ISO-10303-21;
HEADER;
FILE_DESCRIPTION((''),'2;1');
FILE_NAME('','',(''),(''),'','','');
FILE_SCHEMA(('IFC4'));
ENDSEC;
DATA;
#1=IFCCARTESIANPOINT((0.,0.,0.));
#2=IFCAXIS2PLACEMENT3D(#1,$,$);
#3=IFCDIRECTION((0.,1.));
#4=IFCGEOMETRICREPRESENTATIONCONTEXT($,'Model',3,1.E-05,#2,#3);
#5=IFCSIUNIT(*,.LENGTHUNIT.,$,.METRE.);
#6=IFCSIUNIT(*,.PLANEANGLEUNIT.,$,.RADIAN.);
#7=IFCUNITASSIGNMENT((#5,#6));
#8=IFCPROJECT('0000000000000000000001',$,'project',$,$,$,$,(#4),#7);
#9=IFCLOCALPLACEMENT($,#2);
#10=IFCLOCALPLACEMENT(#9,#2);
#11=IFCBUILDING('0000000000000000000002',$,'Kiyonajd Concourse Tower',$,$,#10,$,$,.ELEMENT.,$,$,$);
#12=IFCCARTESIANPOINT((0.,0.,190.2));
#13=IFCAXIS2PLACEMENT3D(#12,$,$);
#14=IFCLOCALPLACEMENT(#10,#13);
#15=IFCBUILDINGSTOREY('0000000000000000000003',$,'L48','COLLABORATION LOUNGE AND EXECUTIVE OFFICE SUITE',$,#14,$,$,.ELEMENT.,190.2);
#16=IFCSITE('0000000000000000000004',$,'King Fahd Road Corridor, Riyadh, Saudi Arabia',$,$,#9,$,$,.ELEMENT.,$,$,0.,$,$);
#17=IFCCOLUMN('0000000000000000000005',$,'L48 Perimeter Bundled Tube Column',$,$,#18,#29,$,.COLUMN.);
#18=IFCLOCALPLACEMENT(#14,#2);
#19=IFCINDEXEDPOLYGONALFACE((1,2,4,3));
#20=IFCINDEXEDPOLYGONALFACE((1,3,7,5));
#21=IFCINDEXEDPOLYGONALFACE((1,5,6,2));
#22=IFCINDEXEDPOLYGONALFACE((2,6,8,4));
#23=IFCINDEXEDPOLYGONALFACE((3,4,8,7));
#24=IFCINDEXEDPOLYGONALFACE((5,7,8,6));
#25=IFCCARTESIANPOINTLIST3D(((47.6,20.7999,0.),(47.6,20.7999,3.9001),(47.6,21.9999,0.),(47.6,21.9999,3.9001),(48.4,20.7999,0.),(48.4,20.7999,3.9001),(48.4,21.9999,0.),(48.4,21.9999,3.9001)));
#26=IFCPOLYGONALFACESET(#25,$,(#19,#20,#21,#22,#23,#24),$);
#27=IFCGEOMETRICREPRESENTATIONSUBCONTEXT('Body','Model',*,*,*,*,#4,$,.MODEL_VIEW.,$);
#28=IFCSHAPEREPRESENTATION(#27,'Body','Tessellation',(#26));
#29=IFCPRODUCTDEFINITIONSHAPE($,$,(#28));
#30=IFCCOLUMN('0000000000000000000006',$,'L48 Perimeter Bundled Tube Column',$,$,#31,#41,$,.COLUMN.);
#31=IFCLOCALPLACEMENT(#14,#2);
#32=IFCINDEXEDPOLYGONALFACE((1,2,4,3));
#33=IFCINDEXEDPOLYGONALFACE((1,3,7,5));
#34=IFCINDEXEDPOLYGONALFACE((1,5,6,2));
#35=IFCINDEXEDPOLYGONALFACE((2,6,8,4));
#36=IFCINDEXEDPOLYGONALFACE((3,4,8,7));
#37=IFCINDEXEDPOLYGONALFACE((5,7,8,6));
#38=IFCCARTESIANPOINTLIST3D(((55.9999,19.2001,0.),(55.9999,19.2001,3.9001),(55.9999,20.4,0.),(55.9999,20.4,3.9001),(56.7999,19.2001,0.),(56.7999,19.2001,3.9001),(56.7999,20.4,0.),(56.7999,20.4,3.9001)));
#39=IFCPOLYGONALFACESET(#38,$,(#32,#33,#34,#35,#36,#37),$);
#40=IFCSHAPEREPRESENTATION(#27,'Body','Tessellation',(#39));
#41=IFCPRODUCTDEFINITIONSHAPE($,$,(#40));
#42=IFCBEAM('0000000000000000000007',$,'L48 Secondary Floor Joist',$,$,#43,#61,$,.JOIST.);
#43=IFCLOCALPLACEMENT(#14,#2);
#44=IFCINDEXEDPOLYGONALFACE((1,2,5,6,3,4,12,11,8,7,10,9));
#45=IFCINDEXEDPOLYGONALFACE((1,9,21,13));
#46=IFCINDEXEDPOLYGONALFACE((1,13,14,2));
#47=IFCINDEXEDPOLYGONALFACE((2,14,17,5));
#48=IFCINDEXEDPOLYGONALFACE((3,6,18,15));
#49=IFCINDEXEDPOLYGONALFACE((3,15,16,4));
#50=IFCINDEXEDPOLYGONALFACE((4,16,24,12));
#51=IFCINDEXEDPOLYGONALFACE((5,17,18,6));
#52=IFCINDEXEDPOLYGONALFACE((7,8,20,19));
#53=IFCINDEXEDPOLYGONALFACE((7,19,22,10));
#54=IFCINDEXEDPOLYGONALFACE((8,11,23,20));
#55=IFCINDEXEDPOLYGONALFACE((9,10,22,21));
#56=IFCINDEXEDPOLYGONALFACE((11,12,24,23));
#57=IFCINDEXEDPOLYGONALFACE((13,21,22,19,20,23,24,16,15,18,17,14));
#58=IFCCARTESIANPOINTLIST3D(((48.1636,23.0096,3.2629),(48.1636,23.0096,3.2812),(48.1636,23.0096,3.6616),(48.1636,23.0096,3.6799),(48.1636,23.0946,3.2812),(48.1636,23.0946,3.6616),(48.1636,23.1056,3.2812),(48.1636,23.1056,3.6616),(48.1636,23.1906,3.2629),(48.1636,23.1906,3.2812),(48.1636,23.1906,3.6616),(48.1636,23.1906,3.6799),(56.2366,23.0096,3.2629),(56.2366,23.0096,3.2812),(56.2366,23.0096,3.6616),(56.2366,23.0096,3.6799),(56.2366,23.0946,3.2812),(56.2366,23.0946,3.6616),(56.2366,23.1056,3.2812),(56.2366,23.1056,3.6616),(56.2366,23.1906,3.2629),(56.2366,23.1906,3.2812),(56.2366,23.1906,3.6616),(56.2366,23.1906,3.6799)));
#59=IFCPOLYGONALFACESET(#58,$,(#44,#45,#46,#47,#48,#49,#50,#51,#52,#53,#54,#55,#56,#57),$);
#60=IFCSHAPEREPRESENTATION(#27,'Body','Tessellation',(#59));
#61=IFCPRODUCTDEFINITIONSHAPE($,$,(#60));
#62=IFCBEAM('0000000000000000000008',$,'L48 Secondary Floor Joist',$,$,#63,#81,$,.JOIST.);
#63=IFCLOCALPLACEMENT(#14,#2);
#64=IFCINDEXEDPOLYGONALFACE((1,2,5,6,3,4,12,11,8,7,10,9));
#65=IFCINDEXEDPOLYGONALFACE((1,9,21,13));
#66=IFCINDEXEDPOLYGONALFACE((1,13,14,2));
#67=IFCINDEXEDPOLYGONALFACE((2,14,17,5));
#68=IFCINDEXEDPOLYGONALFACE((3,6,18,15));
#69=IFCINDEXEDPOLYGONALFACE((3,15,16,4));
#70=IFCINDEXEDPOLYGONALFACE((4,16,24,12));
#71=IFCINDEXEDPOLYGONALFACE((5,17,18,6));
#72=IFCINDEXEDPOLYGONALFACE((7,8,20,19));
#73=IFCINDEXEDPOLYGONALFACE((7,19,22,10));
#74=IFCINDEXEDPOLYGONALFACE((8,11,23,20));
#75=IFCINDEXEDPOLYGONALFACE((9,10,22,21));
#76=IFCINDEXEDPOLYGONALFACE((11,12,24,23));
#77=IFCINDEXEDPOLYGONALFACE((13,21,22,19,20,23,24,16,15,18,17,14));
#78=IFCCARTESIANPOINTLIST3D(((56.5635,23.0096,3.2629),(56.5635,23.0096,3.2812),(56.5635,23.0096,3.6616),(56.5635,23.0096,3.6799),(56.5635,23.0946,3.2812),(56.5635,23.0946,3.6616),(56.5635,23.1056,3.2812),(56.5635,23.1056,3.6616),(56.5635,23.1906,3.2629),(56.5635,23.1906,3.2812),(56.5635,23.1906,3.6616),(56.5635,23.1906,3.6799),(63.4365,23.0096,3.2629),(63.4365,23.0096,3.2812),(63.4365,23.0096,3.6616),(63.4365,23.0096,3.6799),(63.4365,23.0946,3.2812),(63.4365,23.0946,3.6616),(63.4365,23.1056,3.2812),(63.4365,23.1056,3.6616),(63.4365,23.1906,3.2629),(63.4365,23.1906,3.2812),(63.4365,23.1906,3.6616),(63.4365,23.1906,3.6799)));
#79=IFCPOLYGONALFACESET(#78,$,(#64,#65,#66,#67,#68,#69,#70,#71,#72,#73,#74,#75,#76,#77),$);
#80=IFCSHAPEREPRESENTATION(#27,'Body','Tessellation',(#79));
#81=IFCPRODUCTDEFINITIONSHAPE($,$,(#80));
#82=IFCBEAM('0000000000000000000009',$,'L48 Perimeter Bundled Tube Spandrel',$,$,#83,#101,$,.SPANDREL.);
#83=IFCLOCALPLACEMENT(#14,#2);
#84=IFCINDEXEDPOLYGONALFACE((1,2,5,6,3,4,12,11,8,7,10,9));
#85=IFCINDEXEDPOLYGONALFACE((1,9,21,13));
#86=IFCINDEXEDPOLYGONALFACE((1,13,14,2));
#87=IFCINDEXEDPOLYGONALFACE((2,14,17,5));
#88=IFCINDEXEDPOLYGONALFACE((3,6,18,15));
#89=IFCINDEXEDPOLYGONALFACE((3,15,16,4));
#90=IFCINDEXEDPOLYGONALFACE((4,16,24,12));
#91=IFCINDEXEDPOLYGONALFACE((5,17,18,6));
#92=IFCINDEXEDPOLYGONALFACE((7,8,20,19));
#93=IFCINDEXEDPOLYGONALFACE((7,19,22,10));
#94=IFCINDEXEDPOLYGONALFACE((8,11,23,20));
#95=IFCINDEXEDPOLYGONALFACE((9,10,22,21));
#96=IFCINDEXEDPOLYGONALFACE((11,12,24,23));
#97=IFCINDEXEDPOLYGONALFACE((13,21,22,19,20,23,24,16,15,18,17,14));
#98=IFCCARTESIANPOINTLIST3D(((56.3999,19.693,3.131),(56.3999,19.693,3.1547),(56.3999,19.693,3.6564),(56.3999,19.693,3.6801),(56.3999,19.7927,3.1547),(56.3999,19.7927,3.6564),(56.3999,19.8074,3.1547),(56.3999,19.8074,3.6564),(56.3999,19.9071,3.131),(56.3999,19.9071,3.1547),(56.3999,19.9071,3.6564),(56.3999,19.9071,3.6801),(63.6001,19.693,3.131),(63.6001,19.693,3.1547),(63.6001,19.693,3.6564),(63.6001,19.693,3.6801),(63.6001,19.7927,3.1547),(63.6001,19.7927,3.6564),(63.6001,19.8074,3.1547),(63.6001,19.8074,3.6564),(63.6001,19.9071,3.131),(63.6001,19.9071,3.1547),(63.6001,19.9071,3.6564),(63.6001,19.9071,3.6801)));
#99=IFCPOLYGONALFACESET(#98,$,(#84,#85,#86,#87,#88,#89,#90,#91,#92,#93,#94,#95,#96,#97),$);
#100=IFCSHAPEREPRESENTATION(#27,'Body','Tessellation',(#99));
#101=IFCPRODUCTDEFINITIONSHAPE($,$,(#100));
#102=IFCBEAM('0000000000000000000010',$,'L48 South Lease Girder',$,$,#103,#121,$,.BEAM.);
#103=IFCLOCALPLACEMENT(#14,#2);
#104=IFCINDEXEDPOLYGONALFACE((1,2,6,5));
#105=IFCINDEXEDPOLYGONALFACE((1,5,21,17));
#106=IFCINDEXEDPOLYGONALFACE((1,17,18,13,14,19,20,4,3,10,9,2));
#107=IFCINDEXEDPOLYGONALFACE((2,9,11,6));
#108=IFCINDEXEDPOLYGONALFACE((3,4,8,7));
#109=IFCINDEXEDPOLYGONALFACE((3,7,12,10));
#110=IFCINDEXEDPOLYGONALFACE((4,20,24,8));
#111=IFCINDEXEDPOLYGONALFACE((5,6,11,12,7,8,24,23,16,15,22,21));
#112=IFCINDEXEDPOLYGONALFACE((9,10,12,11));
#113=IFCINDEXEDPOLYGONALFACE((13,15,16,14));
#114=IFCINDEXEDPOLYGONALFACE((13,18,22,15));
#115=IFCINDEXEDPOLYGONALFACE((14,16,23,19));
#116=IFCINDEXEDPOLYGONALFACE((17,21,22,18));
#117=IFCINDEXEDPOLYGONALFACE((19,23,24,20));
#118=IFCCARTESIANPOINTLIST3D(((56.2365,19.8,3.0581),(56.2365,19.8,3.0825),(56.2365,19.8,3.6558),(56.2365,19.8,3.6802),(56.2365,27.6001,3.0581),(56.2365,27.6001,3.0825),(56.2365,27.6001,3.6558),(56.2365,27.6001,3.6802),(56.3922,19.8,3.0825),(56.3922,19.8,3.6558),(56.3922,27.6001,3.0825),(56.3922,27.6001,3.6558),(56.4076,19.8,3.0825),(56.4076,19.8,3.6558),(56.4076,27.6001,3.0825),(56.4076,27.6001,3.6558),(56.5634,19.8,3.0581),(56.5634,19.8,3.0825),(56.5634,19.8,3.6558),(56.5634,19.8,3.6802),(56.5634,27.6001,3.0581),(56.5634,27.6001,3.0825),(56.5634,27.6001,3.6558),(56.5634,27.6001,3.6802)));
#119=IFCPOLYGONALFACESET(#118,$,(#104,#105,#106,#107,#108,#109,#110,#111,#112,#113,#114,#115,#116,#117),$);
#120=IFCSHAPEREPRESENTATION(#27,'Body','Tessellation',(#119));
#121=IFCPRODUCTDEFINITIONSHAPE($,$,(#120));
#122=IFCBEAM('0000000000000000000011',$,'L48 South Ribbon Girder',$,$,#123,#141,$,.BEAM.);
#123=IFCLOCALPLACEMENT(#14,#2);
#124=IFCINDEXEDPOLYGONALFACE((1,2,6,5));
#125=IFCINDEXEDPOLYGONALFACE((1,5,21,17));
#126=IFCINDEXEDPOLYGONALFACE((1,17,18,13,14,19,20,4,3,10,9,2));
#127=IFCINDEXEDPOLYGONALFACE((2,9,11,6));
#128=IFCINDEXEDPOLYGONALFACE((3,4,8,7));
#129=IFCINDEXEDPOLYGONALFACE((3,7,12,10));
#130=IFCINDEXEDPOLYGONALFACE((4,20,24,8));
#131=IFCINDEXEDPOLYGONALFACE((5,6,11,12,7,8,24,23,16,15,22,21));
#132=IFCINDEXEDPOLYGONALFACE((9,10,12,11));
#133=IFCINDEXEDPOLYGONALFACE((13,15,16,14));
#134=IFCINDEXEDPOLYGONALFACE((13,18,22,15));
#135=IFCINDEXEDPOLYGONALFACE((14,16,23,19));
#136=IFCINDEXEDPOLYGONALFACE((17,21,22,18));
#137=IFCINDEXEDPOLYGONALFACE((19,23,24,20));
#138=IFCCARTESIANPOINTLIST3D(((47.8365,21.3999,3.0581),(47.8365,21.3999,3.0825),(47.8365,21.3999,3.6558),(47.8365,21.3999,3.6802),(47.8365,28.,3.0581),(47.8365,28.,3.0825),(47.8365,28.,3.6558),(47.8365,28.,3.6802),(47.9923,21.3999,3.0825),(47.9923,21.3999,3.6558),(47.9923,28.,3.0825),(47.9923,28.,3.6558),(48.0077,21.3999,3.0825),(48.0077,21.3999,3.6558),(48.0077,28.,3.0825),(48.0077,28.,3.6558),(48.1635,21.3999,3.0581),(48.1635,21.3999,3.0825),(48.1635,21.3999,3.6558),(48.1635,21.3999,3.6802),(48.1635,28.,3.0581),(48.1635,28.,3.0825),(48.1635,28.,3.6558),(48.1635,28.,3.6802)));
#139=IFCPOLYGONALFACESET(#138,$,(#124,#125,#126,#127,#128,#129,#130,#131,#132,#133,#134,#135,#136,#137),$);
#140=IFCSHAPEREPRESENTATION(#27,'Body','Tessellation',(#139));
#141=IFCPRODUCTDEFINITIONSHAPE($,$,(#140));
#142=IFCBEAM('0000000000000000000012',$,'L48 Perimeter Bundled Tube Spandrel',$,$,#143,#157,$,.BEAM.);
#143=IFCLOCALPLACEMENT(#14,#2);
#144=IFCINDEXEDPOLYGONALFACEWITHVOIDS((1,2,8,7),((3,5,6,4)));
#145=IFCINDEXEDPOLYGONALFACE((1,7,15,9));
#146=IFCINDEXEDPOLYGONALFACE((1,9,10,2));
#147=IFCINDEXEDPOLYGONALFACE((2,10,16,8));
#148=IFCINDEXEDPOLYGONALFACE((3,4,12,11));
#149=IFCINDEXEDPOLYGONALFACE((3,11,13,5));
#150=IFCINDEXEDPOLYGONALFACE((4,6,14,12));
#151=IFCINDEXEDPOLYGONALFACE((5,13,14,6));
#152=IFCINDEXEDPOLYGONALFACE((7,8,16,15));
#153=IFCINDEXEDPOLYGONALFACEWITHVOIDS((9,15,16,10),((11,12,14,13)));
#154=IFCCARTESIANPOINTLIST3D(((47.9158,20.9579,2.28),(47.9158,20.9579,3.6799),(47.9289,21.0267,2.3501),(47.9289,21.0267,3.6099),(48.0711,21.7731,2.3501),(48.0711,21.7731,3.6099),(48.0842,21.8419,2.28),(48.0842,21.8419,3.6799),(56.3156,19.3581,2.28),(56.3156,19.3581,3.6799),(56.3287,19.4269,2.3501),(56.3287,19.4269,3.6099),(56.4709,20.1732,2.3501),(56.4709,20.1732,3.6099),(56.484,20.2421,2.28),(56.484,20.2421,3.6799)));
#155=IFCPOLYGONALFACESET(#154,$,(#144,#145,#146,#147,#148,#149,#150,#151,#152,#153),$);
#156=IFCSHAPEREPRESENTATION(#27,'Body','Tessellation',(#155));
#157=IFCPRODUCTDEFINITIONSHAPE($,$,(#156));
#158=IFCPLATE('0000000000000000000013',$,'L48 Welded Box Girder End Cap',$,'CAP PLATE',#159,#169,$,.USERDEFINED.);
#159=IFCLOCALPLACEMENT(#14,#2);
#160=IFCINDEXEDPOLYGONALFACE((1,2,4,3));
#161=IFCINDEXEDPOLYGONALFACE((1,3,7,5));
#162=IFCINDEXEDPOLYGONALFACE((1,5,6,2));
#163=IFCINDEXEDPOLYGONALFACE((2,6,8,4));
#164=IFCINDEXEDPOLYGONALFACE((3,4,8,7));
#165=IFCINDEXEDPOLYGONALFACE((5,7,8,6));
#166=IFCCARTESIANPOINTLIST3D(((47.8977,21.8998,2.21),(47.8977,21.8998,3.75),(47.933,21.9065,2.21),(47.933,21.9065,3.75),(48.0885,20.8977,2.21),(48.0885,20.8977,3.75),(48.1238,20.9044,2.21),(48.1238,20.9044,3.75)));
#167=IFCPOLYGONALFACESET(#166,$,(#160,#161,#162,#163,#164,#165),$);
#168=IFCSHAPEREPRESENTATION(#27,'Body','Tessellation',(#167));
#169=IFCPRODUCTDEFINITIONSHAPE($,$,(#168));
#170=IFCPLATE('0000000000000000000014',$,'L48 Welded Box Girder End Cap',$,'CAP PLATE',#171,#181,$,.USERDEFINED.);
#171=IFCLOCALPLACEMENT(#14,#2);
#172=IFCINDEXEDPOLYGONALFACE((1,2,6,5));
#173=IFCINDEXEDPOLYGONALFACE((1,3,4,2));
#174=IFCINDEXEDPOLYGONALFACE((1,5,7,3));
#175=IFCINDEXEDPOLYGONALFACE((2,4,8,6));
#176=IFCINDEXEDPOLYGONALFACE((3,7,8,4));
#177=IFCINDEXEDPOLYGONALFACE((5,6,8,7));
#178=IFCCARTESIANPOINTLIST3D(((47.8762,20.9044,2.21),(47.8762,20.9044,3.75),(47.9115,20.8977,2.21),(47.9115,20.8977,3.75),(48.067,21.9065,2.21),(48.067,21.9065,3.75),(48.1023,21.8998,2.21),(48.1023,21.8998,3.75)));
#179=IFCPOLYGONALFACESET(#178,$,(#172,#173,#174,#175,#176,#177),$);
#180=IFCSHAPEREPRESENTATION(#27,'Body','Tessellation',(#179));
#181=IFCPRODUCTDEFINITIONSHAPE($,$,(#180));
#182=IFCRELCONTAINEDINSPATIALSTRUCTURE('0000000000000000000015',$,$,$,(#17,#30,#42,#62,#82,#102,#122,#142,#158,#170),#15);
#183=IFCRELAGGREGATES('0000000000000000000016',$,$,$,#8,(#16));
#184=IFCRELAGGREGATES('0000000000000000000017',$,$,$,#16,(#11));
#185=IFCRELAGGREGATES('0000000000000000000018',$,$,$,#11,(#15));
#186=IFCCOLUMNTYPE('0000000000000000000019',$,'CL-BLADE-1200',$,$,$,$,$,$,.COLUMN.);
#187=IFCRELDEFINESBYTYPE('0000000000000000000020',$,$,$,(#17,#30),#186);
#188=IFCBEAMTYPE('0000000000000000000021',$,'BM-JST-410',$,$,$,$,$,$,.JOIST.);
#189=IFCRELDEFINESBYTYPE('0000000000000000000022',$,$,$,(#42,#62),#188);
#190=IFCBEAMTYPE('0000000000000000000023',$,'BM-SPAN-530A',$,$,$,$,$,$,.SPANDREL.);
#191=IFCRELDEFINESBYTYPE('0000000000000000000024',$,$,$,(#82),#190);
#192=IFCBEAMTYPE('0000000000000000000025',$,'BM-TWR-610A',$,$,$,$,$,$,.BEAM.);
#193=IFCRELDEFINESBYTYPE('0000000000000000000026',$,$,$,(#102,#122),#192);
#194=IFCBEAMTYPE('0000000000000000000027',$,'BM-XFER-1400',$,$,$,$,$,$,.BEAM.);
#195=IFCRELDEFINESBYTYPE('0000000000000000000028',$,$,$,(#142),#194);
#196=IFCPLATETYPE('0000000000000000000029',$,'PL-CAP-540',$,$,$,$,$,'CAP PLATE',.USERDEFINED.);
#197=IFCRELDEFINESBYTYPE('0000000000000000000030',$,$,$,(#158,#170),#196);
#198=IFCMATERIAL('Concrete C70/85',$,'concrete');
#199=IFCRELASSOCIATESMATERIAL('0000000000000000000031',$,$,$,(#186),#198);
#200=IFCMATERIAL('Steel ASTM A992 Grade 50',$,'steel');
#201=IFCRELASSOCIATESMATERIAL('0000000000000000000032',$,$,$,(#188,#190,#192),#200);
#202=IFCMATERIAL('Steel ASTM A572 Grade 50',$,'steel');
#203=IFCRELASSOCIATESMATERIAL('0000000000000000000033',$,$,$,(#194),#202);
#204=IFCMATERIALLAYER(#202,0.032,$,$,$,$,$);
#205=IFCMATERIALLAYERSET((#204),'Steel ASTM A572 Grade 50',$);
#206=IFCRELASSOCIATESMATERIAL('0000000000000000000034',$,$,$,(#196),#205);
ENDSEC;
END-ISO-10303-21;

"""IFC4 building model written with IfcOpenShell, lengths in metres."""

from ifc_helpers import new_model, si_unit, direction, frame, origin, origin_2d, place, context, subcontext, project, spatial, rectangle, hollow_rectangle, i_section, extrude, material, layer, layer_set, material_profile, profile_set, type_object, element, save


model = new_model("IFC4")

# Units and contexts
model_context = context("Model", 3, precision=1e-05, world=origin(), true_north=direction((0.0, 1.0)))
body_context = subcontext(model_context, "Body", "Model", "MODEL_VIEW")
ifc_project = project(units=[si_unit("LENGTHUNIT", "METRE"), si_unit("PLANEANGLEUNIT", "RADIAN")], contexts=[model_context])

# Site, building, storey
site_placement = place(None, origin())
site = spatial("IfcSite", under=ifc_project, at=site_placement, Name="King Fahd Road Corridor, Riyadh, Saudi Arabia", CompositionType="ELEMENT", RefElevation=0.0)
building_placement = place(site_placement, origin())
building = spatial("IfcBuilding", under=site, at=building_placement, Name="Kiyonajd Concourse Tower", CompositionType="ELEMENT")
storey_placement = place(building_placement, frame((0.0, 0.0, 190.2)))
storey = spatial("IfcBuildingStorey", under=building, at=storey_placement, Name="L48", Description="COLLABORATION LOUNGE AND EXECUTIVE OFFICE SUITE", CompositionType="ELEMENT", Elevation=190.2)

# Columns
ifc_material_1 = material(Name="Concrete C70/85", Category="concrete")
ifc_material_profile_1 = material_profile(ifc_material_1, rectangle(XDim=0.8, YDim=1.2, at=origin_2d()), Name="RC-1200x800")
ifc_profile_set_1 = profile_set([ifc_material_profile_1], Name="Concrete C70/85")
column_type = type_object("IfcColumnType", Name="CL-BLADE-1200", PredefinedType="COLUMN", material=ifc_profile_set_1)
for number, where, z_axis, x_axis, name in (
    (1, (48.0, 21.3999, 0.0), (0.0, 0.0, 1.0), (1.0, 0.0, 0.0), "L48 Perimeter Bundled Tube Column"),
    (2, (56.3999, 19.8, 0.0), (0.0, 0.0, 1.0), (1.0, 0.0, 0.0), "L48 Perimeter Bundled Tube Column"),
):
    element("IfcColumn", number, at=place(storey_placement, frame(where, z_axis=z_axis, x_axis=x_axis)), inside=storey, type_object=column_type, Name=name, PredefinedType="COLUMN", context=body_context, shape_type="SweptSolid", body=[
        extrude(rectangle(XDim=0.8, YDim=1.2, at=origin_2d()), origin(), (0.0, 0.0, 1.0), 3.9001),
    ])

# Beams
ifc_material_2 = material(Name="Steel ASTM A992 Grade 50", Category="steel")
ifc_material_profile_2 = material_profile(ifc_material_2, i_section(OverallWidth=0.1809, OverallDepth=0.417, WebThickness=0.011, FlangeThickness=0.0183, at=origin_2d()), Name="W410X85")
ifc_profile_set_2 = profile_set([ifc_material_profile_2], Name="Steel ASTM A992 Grade 50")
beam_type_1 = type_object("IfcBeamType", Name="BM-JST-410", PredefinedType="JOIST", material=ifc_profile_set_2)
beam_1_placement = place(storey_placement, frame((48.1636, 23.1001, 3.4714), z_axis=(1.0, 0.0, 0.0), x_axis=(0.0, 1.0, 0.0)))
element("IfcBeam", 3, at=beam_1_placement, inside=storey, type_object=beam_type_1, Name="L48 Secondary Floor Joist", PredefinedType="JOIST", context=body_context, shape_type="SweptSolid", body=[
    extrude(i_section(OverallWidth=0.1809, OverallDepth=0.417, WebThickness=0.011, FlangeThickness=0.0183, at=origin_2d()), origin(), (0.0, 0.0, 1.0), 8.073),
])
beam_2_placement = place(storey_placement, frame((56.5635, 23.1001, 3.4714), z_axis=(1.0, 0.0, 0.0), x_axis=(0.0, 1.0, 0.0)))
element("IfcBeam", 4, at=beam_2_placement, inside=storey, type_object=beam_type_1, Name="L48 Secondary Floor Joist", PredefinedType="JOIST", context=body_context, shape_type="SweptSolid", body=[
    extrude(i_section(OverallWidth=0.1809, OverallDepth=0.417, WebThickness=0.011, FlangeThickness=0.0183, at=origin_2d()), origin(), (0.0, 0.0, 1.0), 6.873),
])
ifc_material_profile_3 = material_profile(ifc_material_2, i_section(OverallWidth=0.2141, OverallDepth=0.5491, WebThickness=0.0146, FlangeThickness=0.0237, at=origin_2d()), Name="W530X138")
ifc_profile_set_3 = profile_set([ifc_material_profile_3], Name="Steel ASTM A992 Grade 50")
beam_type_2 = type_object("IfcBeamType", Name="BM-SPAN-530A", PredefinedType="SPANDREL", material=ifc_profile_set_3)
beam_3_placement = place(storey_placement, frame((56.3999, 19.8, 3.4055), z_axis=(1.0, 0.0, 0.0), x_axis=(0.0, 1.0, 0.0)))
element("IfcBeam", 5, at=beam_3_placement, inside=storey, type_object=beam_type_2, Name="L48 Perimeter Bundled Tube Spandrel", PredefinedType="SPANDREL", context=body_context, shape_type="SweptSolid", body=[
    extrude(i_section(OverallWidth=0.2141, OverallDepth=0.5491, WebThickness=0.0146, FlangeThickness=0.0237, at=origin_2d()), origin(), (0.0, 0.0, 1.0), 7.2002),
])
ifc_material_profile_4 = material_profile(ifc_material_2, i_section(OverallWidth=0.3269, OverallDepth=0.6221, WebThickness=0.0154, FlangeThickness=0.0244, at=origin_2d()), Name="W610X195")
ifc_profile_set_4 = profile_set([ifc_material_profile_4], Name="Steel ASTM A992 Grade 50")
beam_type_3 = type_object("IfcBeamType", Name="BM-TWR-610A", PredefinedType="BEAM", material=ifc_profile_set_4)
beam_4_placement = place(storey_placement, frame((56.3999, 19.8, 3.3691), z_axis=(0.0, 1.0, 0.0), x_axis=(-1.0, 0.0, 0.0)))
element("IfcBeam", 6, at=beam_4_placement, inside=storey, type_object=beam_type_3, Name="L48 South Lease Girder", PredefinedType="BEAM", context=body_context, shape_type="SweptSolid", body=[
    extrude(i_section(OverallWidth=0.3269, OverallDepth=0.6221, WebThickness=0.0154, FlangeThickness=0.0244, at=origin_2d()), origin(), (0.0, 0.0, 1.0), 7.8),
])
beam_5_placement = place(storey_placement, frame((48.0, 21.3999, 3.3691), z_axis=(0.0, 1.0, 0.0), x_axis=(-1.0, 0.0, 0.0)))
element("IfcBeam", 7, at=beam_5_placement, inside=storey, type_object=beam_type_3, Name="L48 South Ribbon Girder", PredefinedType="BEAM", context=body_context, shape_type="SweptSolid", body=[
    extrude(i_section(OverallWidth=0.3269, OverallDepth=0.6221, WebThickness=0.0154, FlangeThickness=0.0244, at=origin_2d()), origin(), (0.0, 0.0, 1.0), 6.6001),
])
ifc_material_3 = material(Name="Steel ASTM A572 Grade 50", Category="steel")
ifc_material_profile_5 = material_profile(ifc_material_3, hollow_rectangle(XDim=0.8999, YDim=1.3999, WallThickness=0.0701, at=origin_2d()), Name="BOX-1400x900x70")
ifc_profile_set_5 = profile_set([ifc_material_profile_5], Name="Steel ASTM A572 Grade 50")
beam_type_4 = type_object("IfcBeamType", Name="BM-XFER-1400", PredefinedType="BEAM", material=ifc_profile_set_5)
beam_6_placement = place(storey_placement, frame((48.0, 21.3999, 2.98), z_axis=(0.982341, -0.187098, 0.0), x_axis=(0.187098, 0.982341, 0.0)))
element("IfcBeam", 8, at=beam_6_placement, inside=storey, type_object=beam_type_4, Name="L48 Perimeter Bundled Tube Spandrel", PredefinedType="BEAM", context=body_context, shape_type="SweptSolid", body=[
    extrude(hollow_rectangle(XDim=0.8999, YDim=1.3999, WallThickness=0.0701, at=origin_2d()), origin(), (0.0, 0.0, 1.0), 8.5508),
])

# Plates
ifc_layer_1 = layer(ifc_material_3, 0.032)
ifc_layer_set_1 = layer_set([ifc_layer_1], Name="Steel ASTM A572 Grade 50")
plate_type_1 = type_object("IfcPlateType", Name="PL-CAP-540", ElementType="CAP PLATE", PredefinedType="USERDEFINED", material=ifc_layer_set_1)
for number, where, z_axis, x_axis, name in (
    (9, (48.0107, 21.4021, 2.21), (0.0, 0.0, 1.0), (0.982353, 0.187038, 0.0), "L48 Welded Box Girder End Cap"),
    (10, (47.9893, 21.4021, 2.21), (0.0, 0.0, 1.0), (-0.982353, 0.187038, 0.0), "L48 Welded Box Girder End Cap"),
):
    element("IfcPlate", number, at=place(storey_placement, frame(where, z_axis=z_axis, x_axis=x_axis)), inside=storey, type_object=plate_type_1, Name=name, ObjectType="CAP PLATE", PredefinedType="USERDEFINED", context=body_context, shape_type="SweptSolid", body=[
        extrude(rectangle(XDim=0.0359, YDim=1.02, at=origin_2d()), origin(), (0.0, 0.0, 1.0), 1.54),
    ])

save(model, "model.ifc")
